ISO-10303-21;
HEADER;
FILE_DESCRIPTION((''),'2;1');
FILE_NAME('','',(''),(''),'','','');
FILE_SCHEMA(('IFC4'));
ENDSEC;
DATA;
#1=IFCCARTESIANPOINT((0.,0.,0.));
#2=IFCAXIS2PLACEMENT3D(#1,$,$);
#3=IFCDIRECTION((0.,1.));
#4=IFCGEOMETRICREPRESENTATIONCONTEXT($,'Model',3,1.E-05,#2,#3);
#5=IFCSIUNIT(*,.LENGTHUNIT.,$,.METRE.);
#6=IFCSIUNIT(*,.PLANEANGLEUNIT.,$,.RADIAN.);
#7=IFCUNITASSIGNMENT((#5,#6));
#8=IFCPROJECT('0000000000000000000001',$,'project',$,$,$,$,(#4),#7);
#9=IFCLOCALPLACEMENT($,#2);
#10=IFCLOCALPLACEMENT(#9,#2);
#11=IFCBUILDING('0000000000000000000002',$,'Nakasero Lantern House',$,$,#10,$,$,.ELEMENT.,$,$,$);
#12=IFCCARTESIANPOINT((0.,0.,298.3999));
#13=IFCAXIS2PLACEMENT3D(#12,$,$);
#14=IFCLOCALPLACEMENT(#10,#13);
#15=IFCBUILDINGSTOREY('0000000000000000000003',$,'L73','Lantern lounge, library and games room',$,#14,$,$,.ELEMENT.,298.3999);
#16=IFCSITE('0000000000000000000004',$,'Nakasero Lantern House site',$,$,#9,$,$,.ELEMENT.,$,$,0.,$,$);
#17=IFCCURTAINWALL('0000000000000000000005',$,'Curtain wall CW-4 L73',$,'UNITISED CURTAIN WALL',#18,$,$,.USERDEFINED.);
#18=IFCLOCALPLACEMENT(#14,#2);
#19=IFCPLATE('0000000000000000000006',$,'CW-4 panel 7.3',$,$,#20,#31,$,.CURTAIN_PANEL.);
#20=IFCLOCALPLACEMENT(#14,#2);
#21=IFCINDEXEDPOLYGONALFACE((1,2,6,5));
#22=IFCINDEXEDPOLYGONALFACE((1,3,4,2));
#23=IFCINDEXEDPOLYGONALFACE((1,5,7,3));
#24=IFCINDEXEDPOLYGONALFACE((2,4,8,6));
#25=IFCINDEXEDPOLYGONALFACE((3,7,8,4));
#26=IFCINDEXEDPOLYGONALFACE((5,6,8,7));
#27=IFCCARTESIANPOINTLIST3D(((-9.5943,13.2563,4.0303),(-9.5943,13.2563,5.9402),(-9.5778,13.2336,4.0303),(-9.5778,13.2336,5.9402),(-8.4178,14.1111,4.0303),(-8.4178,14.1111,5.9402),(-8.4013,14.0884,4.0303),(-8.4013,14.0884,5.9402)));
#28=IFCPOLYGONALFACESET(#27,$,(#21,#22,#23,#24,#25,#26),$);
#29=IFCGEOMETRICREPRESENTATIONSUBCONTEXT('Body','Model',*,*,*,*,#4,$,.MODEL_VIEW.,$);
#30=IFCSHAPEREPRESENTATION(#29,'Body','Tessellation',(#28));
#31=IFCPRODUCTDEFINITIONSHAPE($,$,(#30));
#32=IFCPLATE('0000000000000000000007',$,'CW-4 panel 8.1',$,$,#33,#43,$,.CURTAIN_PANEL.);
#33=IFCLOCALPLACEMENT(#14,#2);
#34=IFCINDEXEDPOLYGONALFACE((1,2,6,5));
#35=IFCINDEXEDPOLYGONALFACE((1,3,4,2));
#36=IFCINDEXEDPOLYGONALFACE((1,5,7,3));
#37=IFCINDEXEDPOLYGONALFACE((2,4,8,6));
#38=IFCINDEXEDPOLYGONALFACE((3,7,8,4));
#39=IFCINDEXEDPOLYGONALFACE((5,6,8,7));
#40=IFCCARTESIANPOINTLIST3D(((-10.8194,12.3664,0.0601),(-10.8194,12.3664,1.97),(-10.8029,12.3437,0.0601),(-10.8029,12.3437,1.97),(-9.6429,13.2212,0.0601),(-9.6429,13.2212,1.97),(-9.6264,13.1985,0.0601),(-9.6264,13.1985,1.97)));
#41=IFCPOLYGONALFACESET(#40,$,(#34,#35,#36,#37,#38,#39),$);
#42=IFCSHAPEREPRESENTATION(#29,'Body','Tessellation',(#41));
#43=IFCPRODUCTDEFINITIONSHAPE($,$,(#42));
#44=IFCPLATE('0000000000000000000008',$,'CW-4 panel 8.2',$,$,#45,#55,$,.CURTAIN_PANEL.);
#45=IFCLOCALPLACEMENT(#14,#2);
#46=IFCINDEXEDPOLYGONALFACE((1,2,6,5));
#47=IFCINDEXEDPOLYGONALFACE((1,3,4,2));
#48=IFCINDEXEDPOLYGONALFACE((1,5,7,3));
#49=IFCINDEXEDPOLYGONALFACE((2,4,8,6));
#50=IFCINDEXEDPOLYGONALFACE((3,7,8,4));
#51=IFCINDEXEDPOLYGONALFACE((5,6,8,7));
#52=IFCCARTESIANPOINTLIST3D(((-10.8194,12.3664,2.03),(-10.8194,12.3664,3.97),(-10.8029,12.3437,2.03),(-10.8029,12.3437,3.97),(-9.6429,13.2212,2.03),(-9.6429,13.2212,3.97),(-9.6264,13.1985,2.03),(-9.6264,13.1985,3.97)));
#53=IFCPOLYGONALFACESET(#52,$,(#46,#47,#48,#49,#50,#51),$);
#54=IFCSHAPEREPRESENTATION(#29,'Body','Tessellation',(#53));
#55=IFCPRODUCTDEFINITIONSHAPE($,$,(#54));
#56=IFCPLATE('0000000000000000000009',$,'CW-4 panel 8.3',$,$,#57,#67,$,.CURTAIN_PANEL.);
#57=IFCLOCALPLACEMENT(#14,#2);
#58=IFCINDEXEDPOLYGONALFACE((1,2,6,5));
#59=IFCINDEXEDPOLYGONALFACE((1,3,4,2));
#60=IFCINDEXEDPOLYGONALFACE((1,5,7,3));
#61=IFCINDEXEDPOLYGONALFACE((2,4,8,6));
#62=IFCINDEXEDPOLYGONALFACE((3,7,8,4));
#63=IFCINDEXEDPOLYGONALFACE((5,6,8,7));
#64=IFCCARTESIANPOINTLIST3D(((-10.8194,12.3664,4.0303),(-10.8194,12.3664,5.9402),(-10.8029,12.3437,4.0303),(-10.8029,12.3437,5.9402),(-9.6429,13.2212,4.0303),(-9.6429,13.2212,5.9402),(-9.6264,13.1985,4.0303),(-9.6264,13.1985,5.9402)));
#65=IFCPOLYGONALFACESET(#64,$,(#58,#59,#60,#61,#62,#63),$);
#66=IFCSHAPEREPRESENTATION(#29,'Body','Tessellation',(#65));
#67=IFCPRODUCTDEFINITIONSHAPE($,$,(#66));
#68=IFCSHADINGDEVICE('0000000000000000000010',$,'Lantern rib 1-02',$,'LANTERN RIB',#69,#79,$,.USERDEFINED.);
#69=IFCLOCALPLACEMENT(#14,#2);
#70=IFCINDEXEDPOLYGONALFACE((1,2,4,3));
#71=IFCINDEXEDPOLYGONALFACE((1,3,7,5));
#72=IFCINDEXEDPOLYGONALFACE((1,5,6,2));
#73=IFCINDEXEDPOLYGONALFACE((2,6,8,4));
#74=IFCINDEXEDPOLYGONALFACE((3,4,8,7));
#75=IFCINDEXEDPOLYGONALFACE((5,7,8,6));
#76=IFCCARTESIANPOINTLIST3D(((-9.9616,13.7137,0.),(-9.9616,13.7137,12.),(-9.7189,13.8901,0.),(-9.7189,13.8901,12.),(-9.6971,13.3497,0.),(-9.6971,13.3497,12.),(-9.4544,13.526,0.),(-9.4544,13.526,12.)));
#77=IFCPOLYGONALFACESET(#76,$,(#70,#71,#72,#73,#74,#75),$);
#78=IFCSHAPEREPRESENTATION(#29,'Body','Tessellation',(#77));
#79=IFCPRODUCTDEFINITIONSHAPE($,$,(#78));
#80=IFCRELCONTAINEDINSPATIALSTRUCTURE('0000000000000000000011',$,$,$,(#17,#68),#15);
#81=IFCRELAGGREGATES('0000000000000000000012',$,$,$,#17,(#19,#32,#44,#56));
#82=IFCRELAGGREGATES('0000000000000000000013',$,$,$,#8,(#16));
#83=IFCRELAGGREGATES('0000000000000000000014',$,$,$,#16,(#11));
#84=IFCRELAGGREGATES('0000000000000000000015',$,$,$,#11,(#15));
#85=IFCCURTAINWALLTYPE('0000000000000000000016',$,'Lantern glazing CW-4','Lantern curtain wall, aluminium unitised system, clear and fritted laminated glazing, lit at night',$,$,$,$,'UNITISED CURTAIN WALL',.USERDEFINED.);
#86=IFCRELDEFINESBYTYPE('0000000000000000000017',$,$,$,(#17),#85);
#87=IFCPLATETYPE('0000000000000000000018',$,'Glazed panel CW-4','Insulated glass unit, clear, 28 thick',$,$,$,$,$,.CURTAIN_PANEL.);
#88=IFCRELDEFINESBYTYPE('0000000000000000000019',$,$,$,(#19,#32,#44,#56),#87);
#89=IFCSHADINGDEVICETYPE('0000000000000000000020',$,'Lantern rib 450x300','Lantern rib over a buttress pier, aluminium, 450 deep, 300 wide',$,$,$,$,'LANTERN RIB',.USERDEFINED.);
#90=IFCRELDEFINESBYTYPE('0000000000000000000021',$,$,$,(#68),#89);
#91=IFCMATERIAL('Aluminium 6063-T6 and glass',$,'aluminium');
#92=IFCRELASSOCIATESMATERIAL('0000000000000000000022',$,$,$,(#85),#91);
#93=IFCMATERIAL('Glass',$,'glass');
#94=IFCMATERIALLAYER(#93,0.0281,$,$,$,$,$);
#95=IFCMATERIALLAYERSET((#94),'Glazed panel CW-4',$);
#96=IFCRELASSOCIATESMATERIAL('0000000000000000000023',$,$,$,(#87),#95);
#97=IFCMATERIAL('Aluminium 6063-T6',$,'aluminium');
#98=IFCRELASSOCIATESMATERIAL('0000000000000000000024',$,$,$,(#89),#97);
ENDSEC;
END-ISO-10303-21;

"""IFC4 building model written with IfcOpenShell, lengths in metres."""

from ifc_helpers import new_model, si_unit, direction, frame, origin, origin_2d, place, context, subcontext, project, spatial, rectangle, extrude, material, layer, layer_set, type_object, element, aggregate, save


model = new_model("IFC4")

# Units and contexts
model_context = context("Model", 3, precision=1e-05, world=origin(), true_north=direction((0.0, 1.0)))
body_context = subcontext(model_context, "Body", "Model", "MODEL_VIEW")
ifc_project = project(units=[si_unit("LENGTHUNIT", "METRE"), si_unit("PLANEANGLEUNIT", "RADIAN")], contexts=[model_context])

# Site, building, storey
site_placement = place(None, origin())
site = spatial("IfcSite", under=ifc_project, at=site_placement, Name="Nakasero Lantern House site", CompositionType="ELEMENT", RefElevation=0.0)
building_placement = place(site_placement, origin())
building = spatial("IfcBuilding", under=site, at=building_placement, Name="Nakasero Lantern House", CompositionType="ELEMENT")
storey_placement = place(building_placement, frame((0.0, 0.0, 298.3999)))
storey = spatial("IfcBuildingStorey", under=building, at=storey_placement, Name="L73", Description="Lantern lounge, library and games room", CompositionType="ELEMENT", Elevation=298.3999)

# Curtain wall
ifc_material_1 = material(Name="Aluminium 6063-T6 and glass", Category="aluminium")
curtain_wall_type = type_object("IfcCurtainWallType", Name="Lantern glazing CW-4", Description="Lantern curtain wall, aluminium unitised system, clear and fritted laminated glazing, lit at night", ElementType="UNITISED CURTAIN WALL", PredefinedType="USERDEFINED", material=ifc_material_1)
curtain_wall_placement = place(storey_placement, origin())
curtain_wall = element("IfcCurtainWall", 1, at=curtain_wall_placement, inside=storey, type_object=curtain_wall_type, Name="Curtain wall CW-4 L73", ObjectType="UNITISED CURTAIN WALL", PredefinedType="USERDEFINED")

# Plates
ifc_material_2 = material(Name="Glass", Category="glass")
ifc_layer = layer(ifc_material_2, 0.0281)
ifc_layer_set = layer_set([ifc_layer], Name="Glazed panel CW-4")
plate_type = type_object("IfcPlateType", Name="Glazed panel CW-4", Description="Insulated glass unit, clear, 28 thick", PredefinedType="CURTAIN_PANEL", material=ifc_layer_set)
plate_1_placement = place(storey_placement, frame((-8.9978, 13.6724, 4.0303), z_axis=(0.0, 0.0, 1.0), x_axis=(-0.809017, -0.587785, 0.0)))
plate_1 = element("IfcPlate", 2, at=plate_1_placement, type_object=plate_type, Name="CW-4 panel 7.3", PredefinedType="CURTAIN_PANEL", context=body_context, shape_type="SweptSolid", body=[
    extrude(rectangle(XDim=1.4543, YDim=0.0281, at=origin_2d()), origin(), (0.0, 0.0, 1.0), 1.9099),
])
plate_2_placement = place(storey_placement, frame((-10.2229, 12.7825, 0.0601), z_axis=(0.0, 0.0, 1.0), x_axis=(-0.809017, -0.587785, 0.0)))
plate_2 = element("IfcPlate", 3, at=plate_2_placement, type_object=plate_type, Name="CW-4 panel 8.1", PredefinedType="CURTAIN_PANEL", context=body_context, shape_type="SweptSolid", body=[
    extrude(rectangle(XDim=1.4543, YDim=0.0281, at=origin_2d()), origin(), (0.0, 0.0, 1.0), 1.9099),
])
plate_3_placement = place(storey_placement, frame((-10.2229, 12.7825, 2.03), z_axis=(0.0, 0.0, 1.0), x_axis=(-0.809017, -0.587785, 0.0)))
plate_3 = element("IfcPlate", 4, at=plate_3_placement, type_object=plate_type, Name="CW-4 panel 8.2", PredefinedType="CURTAIN_PANEL", context=body_context, shape_type="SweptSolid", body=[
    extrude(rectangle(XDim=1.4543, YDim=0.0281, at=origin_2d()), origin(), (0.0, 0.0, 1.0), 1.9399),
])
plate_4_placement = place(storey_placement, frame((-10.2229, 12.7825, 4.0303), z_axis=(0.0, 0.0, 1.0), x_axis=(-0.809017, -0.587785, 0.0)))
plate_4 = element("IfcPlate", 5, at=plate_4_placement, type_object=plate_type, Name="CW-4 panel 8.3", PredefinedType="CURTAIN_PANEL", context=body_context, shape_type="SweptSolid", body=[
    extrude(rectangle(XDim=1.4543, YDim=0.0281, at=origin_2d()), origin(), (0.0, 0.0, 1.0), 1.9099),
])
aggregate(curtain_wall, [plate_1, plate_2, plate_3, plate_4])

# Shading device
ifc_material_3 = material(Name="Aluminium 6063-T6", Category="aluminium")
shading_device_type = type_object("IfcShadingDeviceType", Name="Lantern rib 450x300", Description="Lantern rib over a buttress pier, aluminium, 450 deep, 300 wide", ElementType="LANTERN RIB", PredefinedType="USERDEFINED", material=ifc_material_3)
shading_device_placement = place(storey_placement, frame((-9.708, 13.6199, 0.0), z_axis=(0.0, 0.0, 1.0), x_axis=(-0.587785, 0.809017, 0.0)))
element("IfcShadingDevice", 6, at=shading_device_placement, inside=storey, type_object=shading_device_type, Name="Lantern rib 1-02", ObjectType="LANTERN RIB", PredefinedType="USERDEFINED", context=body_context, shape_type="SweptSolid", body=[
    extrude(rectangle(XDim=0.45, YDim=0.3, at=origin_2d()), origin(), (0.0, 0.0, 1.0), 12.0),
])

save(model, "model.ifc")
